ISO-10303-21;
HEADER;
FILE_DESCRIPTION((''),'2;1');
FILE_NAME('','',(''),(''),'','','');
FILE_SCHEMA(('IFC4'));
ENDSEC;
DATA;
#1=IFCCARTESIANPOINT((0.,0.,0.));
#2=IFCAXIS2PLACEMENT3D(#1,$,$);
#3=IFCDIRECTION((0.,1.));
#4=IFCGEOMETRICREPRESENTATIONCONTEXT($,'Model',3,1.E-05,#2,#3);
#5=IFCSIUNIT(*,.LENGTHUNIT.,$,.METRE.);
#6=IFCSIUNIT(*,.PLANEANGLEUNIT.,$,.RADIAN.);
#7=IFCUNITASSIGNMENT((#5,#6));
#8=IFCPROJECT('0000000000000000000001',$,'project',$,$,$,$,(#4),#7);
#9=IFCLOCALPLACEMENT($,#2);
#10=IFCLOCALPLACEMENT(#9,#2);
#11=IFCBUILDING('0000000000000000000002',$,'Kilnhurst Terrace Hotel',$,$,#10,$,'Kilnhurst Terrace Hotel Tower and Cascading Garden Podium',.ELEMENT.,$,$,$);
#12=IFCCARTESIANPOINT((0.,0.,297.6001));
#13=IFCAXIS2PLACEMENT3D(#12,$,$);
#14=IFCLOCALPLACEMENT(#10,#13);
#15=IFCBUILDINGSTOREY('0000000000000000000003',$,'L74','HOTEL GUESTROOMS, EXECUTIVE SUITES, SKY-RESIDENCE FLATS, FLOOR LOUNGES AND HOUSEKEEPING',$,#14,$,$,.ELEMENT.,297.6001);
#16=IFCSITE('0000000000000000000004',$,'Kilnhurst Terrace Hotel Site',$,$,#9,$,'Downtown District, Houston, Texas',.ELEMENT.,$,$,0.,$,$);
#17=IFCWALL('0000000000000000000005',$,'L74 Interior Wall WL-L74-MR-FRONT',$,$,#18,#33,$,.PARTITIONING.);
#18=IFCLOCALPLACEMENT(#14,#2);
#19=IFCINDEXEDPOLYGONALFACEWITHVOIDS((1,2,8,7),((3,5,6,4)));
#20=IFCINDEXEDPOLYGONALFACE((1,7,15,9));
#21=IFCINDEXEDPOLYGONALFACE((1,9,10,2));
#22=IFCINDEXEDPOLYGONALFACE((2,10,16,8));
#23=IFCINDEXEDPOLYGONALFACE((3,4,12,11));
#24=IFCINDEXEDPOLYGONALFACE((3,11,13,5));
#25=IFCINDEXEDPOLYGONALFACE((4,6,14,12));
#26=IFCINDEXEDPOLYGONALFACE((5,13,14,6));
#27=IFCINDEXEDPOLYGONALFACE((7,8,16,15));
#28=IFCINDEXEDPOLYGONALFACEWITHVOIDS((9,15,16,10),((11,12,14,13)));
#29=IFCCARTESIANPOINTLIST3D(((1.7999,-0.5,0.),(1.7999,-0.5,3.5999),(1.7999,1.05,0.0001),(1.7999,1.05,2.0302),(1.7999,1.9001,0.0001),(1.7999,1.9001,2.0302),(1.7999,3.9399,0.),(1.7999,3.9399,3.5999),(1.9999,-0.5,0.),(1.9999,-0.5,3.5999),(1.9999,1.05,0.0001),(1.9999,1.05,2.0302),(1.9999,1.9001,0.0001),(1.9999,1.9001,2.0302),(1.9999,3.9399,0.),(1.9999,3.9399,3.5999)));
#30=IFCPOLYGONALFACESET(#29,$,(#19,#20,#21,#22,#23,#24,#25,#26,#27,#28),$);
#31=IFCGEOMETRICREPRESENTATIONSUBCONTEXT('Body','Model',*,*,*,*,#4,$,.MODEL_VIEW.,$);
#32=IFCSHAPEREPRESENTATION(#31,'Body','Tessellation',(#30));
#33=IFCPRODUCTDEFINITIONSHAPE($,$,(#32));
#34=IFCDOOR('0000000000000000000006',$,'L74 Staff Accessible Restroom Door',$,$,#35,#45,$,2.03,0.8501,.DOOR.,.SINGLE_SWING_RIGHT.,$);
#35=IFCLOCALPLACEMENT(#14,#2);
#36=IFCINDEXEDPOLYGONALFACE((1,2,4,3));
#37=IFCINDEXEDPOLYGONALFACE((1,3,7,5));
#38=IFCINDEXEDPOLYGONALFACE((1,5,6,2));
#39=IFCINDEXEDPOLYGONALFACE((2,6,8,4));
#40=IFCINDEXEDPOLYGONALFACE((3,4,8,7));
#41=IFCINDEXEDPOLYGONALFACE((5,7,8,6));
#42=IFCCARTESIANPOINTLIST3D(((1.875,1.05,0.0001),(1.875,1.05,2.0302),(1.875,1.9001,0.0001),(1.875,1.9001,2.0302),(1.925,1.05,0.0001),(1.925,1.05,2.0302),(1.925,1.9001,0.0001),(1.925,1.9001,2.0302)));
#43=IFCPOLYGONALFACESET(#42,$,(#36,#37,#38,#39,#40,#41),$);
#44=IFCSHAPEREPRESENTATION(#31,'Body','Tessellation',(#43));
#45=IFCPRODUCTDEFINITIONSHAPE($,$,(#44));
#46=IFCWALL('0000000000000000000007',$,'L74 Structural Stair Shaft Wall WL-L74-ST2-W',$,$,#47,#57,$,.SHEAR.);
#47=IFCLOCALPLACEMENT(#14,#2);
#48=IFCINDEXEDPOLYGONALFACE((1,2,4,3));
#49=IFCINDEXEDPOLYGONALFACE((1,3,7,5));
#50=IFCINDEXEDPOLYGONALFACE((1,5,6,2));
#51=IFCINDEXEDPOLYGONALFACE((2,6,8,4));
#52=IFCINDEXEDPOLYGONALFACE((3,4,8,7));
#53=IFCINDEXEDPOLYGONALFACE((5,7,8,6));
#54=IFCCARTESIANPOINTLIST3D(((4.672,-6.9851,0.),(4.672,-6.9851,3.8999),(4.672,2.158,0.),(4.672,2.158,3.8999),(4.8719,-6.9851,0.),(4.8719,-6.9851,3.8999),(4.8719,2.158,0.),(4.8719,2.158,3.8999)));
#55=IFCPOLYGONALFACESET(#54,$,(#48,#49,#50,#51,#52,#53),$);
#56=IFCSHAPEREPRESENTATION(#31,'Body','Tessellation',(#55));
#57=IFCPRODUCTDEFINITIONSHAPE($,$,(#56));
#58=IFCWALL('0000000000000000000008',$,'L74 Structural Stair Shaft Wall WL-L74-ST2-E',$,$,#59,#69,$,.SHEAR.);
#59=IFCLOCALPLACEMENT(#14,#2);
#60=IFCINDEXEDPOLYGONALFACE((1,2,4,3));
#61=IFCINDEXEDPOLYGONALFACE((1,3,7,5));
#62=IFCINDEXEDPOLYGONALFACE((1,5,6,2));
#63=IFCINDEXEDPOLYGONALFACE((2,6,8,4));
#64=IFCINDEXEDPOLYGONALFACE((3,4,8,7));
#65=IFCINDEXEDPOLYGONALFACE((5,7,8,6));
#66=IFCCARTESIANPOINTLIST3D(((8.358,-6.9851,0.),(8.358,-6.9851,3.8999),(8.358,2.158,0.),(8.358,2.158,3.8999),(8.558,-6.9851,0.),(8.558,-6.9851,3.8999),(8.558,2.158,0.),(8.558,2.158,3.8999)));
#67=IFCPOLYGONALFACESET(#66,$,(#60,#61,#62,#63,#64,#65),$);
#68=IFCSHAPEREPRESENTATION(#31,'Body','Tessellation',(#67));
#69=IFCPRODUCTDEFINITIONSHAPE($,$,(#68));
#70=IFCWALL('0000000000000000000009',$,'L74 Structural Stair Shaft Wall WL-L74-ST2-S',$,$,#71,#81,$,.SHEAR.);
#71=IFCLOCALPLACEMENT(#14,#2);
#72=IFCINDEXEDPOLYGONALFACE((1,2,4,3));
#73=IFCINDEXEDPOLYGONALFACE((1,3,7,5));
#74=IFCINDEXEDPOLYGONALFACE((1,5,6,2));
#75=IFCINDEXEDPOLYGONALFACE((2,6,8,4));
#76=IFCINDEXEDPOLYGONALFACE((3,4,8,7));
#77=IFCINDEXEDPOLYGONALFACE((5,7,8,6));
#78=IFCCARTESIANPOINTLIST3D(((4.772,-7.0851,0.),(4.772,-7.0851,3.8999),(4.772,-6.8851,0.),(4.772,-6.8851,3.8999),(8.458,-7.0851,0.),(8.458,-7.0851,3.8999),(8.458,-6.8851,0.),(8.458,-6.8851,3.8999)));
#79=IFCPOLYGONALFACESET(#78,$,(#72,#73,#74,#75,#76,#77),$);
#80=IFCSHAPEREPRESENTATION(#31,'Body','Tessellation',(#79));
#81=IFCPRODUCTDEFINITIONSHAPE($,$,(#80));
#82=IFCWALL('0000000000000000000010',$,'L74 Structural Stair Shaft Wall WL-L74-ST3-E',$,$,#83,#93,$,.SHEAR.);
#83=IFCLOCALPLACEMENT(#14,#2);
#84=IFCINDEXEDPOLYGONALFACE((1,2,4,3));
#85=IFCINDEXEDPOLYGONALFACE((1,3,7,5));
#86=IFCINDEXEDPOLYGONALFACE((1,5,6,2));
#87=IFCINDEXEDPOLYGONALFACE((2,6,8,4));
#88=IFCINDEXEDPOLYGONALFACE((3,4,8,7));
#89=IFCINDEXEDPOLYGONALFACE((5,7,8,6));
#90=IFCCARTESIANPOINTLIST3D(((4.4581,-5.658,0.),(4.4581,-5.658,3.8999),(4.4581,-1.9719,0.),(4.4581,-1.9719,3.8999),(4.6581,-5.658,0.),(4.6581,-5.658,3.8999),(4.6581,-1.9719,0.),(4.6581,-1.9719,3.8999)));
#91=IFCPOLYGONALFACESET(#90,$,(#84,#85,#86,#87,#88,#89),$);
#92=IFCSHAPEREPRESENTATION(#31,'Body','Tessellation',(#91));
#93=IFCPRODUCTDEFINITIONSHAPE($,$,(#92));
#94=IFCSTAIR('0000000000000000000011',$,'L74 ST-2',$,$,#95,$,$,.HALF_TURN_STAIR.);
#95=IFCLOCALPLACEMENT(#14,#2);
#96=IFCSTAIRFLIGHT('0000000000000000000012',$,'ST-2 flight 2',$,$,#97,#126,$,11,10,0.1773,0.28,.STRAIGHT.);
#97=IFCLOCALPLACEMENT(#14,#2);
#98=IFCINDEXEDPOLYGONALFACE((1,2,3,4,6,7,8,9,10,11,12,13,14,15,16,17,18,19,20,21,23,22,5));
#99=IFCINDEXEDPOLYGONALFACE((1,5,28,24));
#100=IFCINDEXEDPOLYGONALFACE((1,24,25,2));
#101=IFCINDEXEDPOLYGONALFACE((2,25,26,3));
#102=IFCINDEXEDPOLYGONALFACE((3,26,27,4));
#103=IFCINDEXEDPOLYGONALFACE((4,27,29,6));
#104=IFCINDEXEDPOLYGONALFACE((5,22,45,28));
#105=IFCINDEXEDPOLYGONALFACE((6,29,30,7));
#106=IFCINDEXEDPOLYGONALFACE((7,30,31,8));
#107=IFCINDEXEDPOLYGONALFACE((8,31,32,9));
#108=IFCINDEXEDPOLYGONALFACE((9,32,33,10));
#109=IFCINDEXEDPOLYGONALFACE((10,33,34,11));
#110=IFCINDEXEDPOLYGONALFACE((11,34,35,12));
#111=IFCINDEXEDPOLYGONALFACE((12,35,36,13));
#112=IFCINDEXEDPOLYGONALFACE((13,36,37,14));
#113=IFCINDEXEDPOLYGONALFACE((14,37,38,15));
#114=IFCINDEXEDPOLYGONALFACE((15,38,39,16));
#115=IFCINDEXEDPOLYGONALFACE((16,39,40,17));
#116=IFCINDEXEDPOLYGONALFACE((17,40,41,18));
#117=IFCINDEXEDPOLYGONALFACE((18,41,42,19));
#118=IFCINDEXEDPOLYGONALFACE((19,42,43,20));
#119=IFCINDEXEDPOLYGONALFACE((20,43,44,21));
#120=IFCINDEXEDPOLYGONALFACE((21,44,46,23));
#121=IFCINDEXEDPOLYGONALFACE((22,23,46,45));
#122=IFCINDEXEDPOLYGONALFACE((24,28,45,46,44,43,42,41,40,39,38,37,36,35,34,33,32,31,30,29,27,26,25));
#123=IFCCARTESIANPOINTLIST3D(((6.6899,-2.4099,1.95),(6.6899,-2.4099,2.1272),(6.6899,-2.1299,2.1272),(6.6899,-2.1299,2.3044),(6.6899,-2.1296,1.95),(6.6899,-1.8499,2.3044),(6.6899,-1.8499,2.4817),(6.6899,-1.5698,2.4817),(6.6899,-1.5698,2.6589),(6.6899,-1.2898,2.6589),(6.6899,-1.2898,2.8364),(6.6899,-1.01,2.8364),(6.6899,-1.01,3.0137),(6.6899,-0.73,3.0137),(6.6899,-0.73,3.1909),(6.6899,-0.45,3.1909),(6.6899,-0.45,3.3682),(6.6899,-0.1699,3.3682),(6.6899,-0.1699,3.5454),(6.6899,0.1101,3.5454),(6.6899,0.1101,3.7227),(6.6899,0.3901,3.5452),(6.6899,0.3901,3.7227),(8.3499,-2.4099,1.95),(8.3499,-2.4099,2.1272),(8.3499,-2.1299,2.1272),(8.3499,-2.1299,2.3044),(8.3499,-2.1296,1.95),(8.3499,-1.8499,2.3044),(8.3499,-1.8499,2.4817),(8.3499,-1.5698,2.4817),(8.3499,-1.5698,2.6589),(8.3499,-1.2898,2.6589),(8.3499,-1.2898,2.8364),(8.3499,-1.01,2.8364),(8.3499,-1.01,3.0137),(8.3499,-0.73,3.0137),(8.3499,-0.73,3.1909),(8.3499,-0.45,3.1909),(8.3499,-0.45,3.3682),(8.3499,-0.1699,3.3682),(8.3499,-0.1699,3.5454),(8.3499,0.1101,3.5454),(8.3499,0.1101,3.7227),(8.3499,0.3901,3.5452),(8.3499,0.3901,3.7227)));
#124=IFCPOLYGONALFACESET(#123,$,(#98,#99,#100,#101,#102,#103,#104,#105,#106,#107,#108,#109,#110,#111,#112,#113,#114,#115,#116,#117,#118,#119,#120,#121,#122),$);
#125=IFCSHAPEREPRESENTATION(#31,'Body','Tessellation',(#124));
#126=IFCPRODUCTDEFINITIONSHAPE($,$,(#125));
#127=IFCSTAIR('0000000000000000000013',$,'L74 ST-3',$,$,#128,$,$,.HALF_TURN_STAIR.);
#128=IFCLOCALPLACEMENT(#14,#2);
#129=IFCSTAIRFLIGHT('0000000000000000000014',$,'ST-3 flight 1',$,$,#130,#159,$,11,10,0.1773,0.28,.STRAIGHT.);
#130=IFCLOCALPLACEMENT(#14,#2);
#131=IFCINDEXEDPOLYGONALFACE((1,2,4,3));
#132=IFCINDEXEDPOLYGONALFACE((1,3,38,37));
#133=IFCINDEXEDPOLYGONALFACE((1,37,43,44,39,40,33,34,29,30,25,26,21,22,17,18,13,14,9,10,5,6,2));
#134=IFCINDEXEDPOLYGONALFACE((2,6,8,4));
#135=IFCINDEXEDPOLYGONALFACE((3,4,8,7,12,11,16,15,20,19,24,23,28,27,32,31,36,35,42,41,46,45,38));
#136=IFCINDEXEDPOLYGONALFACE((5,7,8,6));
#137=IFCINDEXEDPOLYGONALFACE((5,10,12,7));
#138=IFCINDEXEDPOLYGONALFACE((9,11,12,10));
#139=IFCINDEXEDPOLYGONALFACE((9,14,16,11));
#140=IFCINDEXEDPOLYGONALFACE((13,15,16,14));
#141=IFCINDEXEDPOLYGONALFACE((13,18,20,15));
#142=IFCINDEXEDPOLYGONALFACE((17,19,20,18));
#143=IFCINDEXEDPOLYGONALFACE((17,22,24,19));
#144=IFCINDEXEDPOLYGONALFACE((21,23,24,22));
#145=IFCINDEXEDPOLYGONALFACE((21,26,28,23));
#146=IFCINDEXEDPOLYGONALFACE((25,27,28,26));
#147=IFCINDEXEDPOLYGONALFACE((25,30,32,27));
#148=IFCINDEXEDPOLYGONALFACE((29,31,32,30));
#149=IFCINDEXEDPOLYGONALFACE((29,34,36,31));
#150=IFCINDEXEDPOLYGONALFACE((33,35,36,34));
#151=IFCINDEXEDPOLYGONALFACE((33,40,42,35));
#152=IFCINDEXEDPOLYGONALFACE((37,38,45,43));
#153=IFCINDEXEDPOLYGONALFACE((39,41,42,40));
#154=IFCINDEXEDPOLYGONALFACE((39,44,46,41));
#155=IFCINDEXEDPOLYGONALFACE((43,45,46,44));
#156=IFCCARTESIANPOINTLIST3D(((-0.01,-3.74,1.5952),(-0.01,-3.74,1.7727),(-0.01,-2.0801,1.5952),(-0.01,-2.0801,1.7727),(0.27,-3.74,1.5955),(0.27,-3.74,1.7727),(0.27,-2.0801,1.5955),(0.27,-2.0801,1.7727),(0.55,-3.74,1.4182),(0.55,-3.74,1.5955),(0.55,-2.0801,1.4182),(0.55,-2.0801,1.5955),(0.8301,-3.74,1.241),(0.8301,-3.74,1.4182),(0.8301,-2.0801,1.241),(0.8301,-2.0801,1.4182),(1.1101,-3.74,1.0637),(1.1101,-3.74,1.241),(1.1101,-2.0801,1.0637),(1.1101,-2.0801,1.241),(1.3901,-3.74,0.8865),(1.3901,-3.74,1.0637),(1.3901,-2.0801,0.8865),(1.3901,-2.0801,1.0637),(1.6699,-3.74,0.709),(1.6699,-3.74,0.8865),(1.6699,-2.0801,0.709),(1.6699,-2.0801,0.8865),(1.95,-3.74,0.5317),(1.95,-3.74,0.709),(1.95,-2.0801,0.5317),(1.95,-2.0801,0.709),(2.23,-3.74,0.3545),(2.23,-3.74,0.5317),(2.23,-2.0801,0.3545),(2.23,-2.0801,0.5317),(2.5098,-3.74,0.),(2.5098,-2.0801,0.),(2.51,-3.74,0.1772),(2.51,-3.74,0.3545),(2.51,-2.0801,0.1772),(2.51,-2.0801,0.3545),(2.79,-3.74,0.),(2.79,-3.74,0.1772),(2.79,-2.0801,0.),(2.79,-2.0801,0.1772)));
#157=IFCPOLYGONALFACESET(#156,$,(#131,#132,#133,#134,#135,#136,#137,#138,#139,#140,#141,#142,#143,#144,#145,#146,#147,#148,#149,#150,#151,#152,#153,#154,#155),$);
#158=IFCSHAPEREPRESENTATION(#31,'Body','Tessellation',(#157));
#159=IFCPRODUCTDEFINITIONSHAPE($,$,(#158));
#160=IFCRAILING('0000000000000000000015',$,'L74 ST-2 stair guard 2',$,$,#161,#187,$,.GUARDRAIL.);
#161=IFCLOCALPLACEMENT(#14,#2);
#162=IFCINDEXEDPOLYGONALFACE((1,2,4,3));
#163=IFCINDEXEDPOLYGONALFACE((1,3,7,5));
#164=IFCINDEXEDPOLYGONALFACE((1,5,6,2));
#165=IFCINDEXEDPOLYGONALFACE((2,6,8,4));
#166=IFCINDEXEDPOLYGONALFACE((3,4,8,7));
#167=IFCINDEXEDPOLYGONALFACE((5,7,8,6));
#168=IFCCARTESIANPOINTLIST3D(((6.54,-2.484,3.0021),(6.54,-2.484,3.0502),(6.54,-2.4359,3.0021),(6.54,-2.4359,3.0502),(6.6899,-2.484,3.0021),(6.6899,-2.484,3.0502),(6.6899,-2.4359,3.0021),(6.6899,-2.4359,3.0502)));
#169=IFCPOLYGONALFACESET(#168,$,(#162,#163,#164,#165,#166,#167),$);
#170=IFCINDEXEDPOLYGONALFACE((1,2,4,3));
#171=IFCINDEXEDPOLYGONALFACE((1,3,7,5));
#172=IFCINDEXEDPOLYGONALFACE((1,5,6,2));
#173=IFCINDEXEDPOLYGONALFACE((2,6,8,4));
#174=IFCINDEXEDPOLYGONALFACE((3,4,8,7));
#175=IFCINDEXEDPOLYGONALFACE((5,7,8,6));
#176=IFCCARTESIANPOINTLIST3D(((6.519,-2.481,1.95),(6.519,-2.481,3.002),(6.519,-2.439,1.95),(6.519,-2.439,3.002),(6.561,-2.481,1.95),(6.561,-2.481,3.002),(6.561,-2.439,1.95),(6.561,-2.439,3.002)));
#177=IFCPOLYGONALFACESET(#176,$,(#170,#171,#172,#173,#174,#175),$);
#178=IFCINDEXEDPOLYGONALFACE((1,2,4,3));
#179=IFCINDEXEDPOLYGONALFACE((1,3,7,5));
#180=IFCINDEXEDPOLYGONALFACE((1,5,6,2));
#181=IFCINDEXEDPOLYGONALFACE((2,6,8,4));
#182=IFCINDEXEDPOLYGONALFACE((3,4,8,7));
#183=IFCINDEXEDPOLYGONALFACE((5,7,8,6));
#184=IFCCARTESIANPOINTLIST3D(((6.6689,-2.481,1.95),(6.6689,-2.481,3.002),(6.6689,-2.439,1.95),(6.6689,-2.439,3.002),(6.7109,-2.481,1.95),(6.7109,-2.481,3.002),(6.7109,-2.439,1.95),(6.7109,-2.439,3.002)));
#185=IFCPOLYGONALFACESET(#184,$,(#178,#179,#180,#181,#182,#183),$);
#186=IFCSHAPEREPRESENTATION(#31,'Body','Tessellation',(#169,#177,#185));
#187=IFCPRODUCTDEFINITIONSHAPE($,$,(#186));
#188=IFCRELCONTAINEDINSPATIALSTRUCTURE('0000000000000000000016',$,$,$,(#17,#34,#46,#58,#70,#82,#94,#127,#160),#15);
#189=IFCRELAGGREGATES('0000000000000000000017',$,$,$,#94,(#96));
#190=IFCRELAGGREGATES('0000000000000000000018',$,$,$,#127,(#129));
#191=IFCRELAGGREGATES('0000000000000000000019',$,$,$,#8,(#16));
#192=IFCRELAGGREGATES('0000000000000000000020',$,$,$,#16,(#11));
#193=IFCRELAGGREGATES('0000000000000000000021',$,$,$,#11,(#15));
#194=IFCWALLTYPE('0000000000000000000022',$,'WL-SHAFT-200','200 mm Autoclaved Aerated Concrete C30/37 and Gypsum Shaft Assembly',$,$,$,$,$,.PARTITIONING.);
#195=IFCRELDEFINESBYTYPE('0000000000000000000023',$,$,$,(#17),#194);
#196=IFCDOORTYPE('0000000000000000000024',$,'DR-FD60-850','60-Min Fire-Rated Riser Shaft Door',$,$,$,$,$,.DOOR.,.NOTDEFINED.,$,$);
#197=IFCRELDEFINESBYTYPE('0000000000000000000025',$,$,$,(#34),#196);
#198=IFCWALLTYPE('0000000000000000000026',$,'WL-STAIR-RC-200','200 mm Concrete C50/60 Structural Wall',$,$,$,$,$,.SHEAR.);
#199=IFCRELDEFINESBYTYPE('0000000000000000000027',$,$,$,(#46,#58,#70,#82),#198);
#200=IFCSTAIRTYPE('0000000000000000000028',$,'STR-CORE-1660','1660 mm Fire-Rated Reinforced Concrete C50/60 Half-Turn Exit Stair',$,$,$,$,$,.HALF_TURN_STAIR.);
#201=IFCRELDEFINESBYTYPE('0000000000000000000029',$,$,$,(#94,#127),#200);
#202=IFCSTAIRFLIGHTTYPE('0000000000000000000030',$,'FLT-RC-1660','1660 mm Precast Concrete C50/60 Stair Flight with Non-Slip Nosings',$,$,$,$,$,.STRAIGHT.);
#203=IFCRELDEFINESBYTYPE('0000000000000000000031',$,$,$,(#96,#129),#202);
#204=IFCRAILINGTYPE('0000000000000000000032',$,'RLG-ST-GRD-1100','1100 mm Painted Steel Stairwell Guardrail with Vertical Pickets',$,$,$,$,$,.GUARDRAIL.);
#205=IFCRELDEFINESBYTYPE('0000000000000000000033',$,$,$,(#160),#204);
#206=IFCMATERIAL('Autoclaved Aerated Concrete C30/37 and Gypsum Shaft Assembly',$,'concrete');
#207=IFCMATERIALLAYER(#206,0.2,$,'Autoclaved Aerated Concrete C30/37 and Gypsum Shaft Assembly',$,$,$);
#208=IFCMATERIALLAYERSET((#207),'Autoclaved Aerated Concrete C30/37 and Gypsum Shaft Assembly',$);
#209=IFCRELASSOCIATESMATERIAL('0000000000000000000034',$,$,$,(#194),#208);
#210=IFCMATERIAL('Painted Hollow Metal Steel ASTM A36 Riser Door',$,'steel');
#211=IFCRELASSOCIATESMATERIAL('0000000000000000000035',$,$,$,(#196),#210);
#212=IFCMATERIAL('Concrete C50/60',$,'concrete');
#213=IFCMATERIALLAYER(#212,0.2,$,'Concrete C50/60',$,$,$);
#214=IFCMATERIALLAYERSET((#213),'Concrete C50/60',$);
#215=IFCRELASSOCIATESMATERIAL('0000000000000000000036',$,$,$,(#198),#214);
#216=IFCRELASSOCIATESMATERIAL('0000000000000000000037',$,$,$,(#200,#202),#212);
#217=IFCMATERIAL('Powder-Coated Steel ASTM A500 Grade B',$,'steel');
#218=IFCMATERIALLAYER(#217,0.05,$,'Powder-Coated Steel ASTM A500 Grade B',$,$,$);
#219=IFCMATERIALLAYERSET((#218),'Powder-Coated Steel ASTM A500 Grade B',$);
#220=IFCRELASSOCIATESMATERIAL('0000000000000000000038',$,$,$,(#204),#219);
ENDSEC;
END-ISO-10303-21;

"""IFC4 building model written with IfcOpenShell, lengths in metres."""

from ifc_helpers import new_model, si_unit, direction, frame, frame_2d, origin, origin_2d, place, context, subcontext, project, spatial, polyline, rectangle, outline, extrude, material, layer, layer_set, type_object, element, fill, aggregate, save


model = new_model("IFC4")

# Units and contexts
model_context = context("Model", 3, precision=1e-05, world=origin(), true_north=direction((0.0, 1.0)))
body_context = subcontext(model_context, "Body", "Model", "MODEL_VIEW")
ifc_project = project(units=[si_unit("LENGTHUNIT", "METRE"), si_unit("PLANEANGLEUNIT", "RADIAN")], contexts=[model_context])

# Site, building, storey
site_placement = place(None, origin())
site = spatial("IfcSite", under=ifc_project, at=site_placement, Name="Kilnhurst Terrace Hotel Site", LongName="Downtown District, Houston, Texas", CompositionType="ELEMENT", RefElevation=0.0)
building_placement = place(site_placement, origin())
building = spatial("IfcBuilding", under=site, at=building_placement, Name="Kilnhurst Terrace Hotel", LongName="Kilnhurst Terrace Hotel Tower and Cascading Garden Podium", CompositionType="ELEMENT")
storey_placement = place(building_placement, frame((0.0, 0.0, 297.6001)))
storey = spatial("IfcBuildingStorey", under=building, at=storey_placement, Name="L74", Description="HOTEL GUESTROOMS, EXECUTIVE SUITES, SKY-RESIDENCE FLATS, FLOOR LOUNGES AND HOUSEKEEPING", CompositionType="ELEMENT", Elevation=297.6001)

# Shared definitions
ifc_material_1 = material(Name="Concrete C50/60", Category="concrete")

# Wall, opening, door
ifc_material_2 = material(Name="Autoclaved Aerated Concrete C30/37 and Gypsum Shaft Assembly", Category="concrete")
ifc_layer_1 = layer(ifc_material_2, 0.2, Name="Autoclaved Aerated Concrete C30/37 and Gypsum Shaft Assembly")
ifc_layer_set_1 = layer_set([ifc_layer_1], Name="Autoclaved Aerated Concrete C30/37 and Gypsum Shaft Assembly")
wall_type_1 = type_object("IfcWallType", Name="WL-SHAFT-200", Description="200 mm Autoclaved Aerated Concrete C30/37 and Gypsum Shaft Assembly", PredefinedType="PARTITIONING", material=ifc_layer_set_1)
wall_1_placement = place(storey_placement, frame((1.8999, -0.5, 0.0), z_axis=(0.0, 0.0, 1.0), x_axis=(0.0, 1.0, 0.0)))
wall_1 = element("IfcWall", 1, at=wall_1_placement, inside=storey, type_object=wall_type_1, Name="L74 Interior Wall WL-L74-MR-FRONT", PredefinedType="PARTITIONING", context=body_context, shape_type="SweptSolid", body=[
    extrude(rectangle(XDim=4.4399, YDim=0.2, at=frame_2d((2.22, 0.0))), origin(), (0.0, 0.0, 1.0), 3.5999),
])
opening_placement = place(wall_1_placement, frame((1.55, 0.0, 0.0)))
opening = element("IfcOpeningElement", 2, at=opening_placement, cuts=wall_1, PredefinedType="OPENING", context=body_context, shape_type="SweptSolid", body=[
    extrude(rectangle(XDim=0.8501, YDim=2.03, at=frame_2d((0.425, 1.0151))), frame((0.0, 0.1099, 0.0), z_axis=(0.0, -1.0, 0.0), x_axis=(1.0, 0.0, 0.0)), (0.0, 0.0, 1.0), 0.22),
])
ifc_material_3 = material(Name="Painted Hollow Metal Steel ASTM A36 Riser Door", Category="steel")
door_type = type_object("IfcDoorType", Name="DR-FD60-850", Description="60-Min Fire-Rated Riser Shaft Door", OperationType="NOTDEFINED", PredefinedType="DOOR", material=ifc_material_3)
door_placement = place(opening_placement, origin())
door = element("IfcDoor", 3, at=door_placement, inside=storey, type_object=door_type, Name="L74 Staff Accessible Restroom Door", OperationType="SINGLE_SWING_RIGHT", OverallHeight=2.03, OverallWidth=0.8501, PredefinedType="DOOR", context=body_context, shape_type="SweptSolid", body=[
    extrude(rectangle(XDim=0.8501, YDim=2.03, at=frame_2d((0.425, 1.0151))), frame((0.0, 0.0249, 0.0), z_axis=(0.0, -1.0, 0.0), x_axis=(1.0, 0.0, 0.0)), (0.0, 0.0, 1.0), 0.05),
])
fill(opening, door)

# Walls
ifc_layer_2 = layer(ifc_material_1, 0.2, Name="Concrete C50/60")
ifc_layer_set_2 = layer_set([ifc_layer_2], Name="Concrete C50/60")
wall_type_2 = type_object("IfcWallType", Name="WL-STAIR-RC-200", Description="200 mm Concrete C50/60 Structural Wall", PredefinedType="SHEAR", material=ifc_layer_set_2)
for number, where, z_axis, x_axis, name in (
    (4, (4.772, -6.9851, 0.0), (0.0, 0.0, 1.0), (0.0, 1.0, 0.0), "L74 Structural Stair Shaft Wall WL-L74-ST2-W"),
    (5, (8.458, -6.9851, 0.0), (0.0, 0.0, 1.0), (0.0, 1.0, 0.0), "L74 Structural Stair Shaft Wall WL-L74-ST2-E"),
):
    element("IfcWall", number, at=place(storey_placement, frame(where, z_axis=z_axis, x_axis=x_axis)), inside=storey, type_object=wall_type_2, Name=name, PredefinedType="SHEAR", context=body_context, shape_type="SweptSolid", body=[
        extrude(rectangle(XDim=9.1431, YDim=0.2, at=frame_2d((4.5715, 0.0))), origin(), (0.0, 0.0, 1.0), 3.8999),
    ])
for number, where, z_axis, x_axis, name in (
    (6, (4.772, -6.9851, 0.0), (0.0, 0.0, 1.0), (1.0, 0.0, 0.0), "L74 Structural Stair Shaft Wall WL-L74-ST2-S"),
    (7, (4.5581, -5.658, 0.0), (0.0, 0.0, 1.0), (0.0, 1.0, 0.0), "L74 Structural Stair Shaft Wall WL-L74-ST3-E"),
):
    element("IfcWall", number, at=place(storey_placement, frame(where, z_axis=z_axis, x_axis=x_axis)), inside=storey, type_object=wall_type_2, Name=name, PredefinedType="SHEAR", context=body_context, shape_type="SweptSolid", body=[
        extrude(rectangle(XDim=3.686, YDim=0.2, at=frame_2d((1.843, 0.0))), origin(), (0.0, 0.0, 1.0), 3.8999),
    ])

# Stairs, stair flights
stair_type = type_object("IfcStairType", Name="STR-CORE-1660", Description="1660 mm Fire-Rated Reinforced Concrete C50/60 Half-Turn Exit Stair", PredefinedType="HALF_TURN_STAIR", material=ifc_material_1)
stair_1_placement = place(storey_placement, origin())
stair_1 = element("IfcStair", 8, at=stair_1_placement, inside=storey, type_object=stair_type, Name="L74 ST-2", PredefinedType="HALF_TURN_STAIR")
stair_flight_type = type_object("IfcStairFlightType", Name="FLT-RC-1660", Description="1660 mm Precast Concrete C50/60 Stair Flight with Non-Slip Nosings", PredefinedType="STRAIGHT", material=ifc_material_1)
stair_flight_1_placement = place(storey_placement, frame((7.52, -2.4099, 1.95), z_axis=(0.0, 0.0, 1.0), x_axis=(0.0, 1.0, 0.0)))
stair_flight_1 = element("IfcStairFlight", 9, at=stair_flight_1_placement, type_object=stair_flight_type, Name="ST-2 flight 2", NumberOfRisers=11, NumberOfTreads=10, PredefinedType="STRAIGHT", RiserHeight=0.1773, TreadLength=0.28, context=body_context, shape_type="SweptSolid", body=[
    extrude(outline(polyline([(0.0, 0.0), (0.0, 0.1772), (0.28, 0.1772), (0.28, 0.3545), (0.5601, 0.3545), (0.5601, 0.5317), (0.8401, 0.5317), (0.8401, 0.709), (1.1201, 0.709), (1.1201, 0.8865), (1.3999, 0.8865), (1.3999, 1.0637), (1.6799, 1.0637), (1.6799, 1.241), (1.96, 1.241), (1.96, 1.4182), (2.24, 1.4182), (2.24, 1.5955), (2.52, 1.5955), (2.52, 1.7727), (2.8, 1.7727), (2.8, 1.95), (2.8, 1.5952), (0.2803, 0.0), (0.0, 0.0)])), frame((0.0, 0.8301, 0.0), z_axis=(0.0, -1.0, 0.0), x_axis=(1.0, 0.0, 0.0)), (0.0, 0.0, 1.0), 1.6599),
])
aggregate(stair_1, [stair_flight_1])
stair_2_placement = place(storey_placement, origin())
stair_2 = element("IfcStair", 10, at=stair_2_placement, inside=storey, type_object=stair_type, Name="L74 ST-3", PredefinedType="HALF_TURN_STAIR")
stair_flight_2_placement = place(storey_placement, frame((2.79, -2.9099, 0.0), z_axis=(0.0, 0.0, 1.0), x_axis=(-1.0, 0.0, 0.0)))
stair_flight_2 = element("IfcStairFlight", 11, at=stair_flight_2_placement, type_object=stair_flight_type, Name="ST-3 flight 1", NumberOfRisers=11, NumberOfTreads=10, PredefinedType="STRAIGHT", RiserHeight=0.1773, TreadLength=0.28, context=body_context, shape_type="SweptSolid", body=[
    extrude(outline(polyline([(0.0, 0.0), (0.0, 0.1772), (0.28, 0.1772), (0.28, 0.3545), (0.5601, 0.3545), (0.5601, 0.5317), (0.8401, 0.5317), (0.8401, 0.709), (1.1201, 0.709), (1.1201, 0.8865), (1.3999, 0.8865), (1.3999, 1.0637), (1.6799, 1.0637), (1.6799, 1.241), (1.96, 1.241), (1.96, 1.4182), (2.24, 1.4182), (2.24, 1.5955), (2.52, 1.5955), (2.52, 1.7727), (2.8, 1.7727), (2.8, 1.95), (2.8, 1.5952), (0.2803, 0.0), (0.0, 0.0)])), frame((0.0, 0.8301, 0.0), z_axis=(0.0, -1.0, 0.0), x_axis=(1.0, 0.0, 0.0)), (0.0, 0.0, 1.0), 1.6599),
])
aggregate(stair_2, [stair_flight_2])

# Railing
ifc_material_4 = material(Name="Powder-Coated Steel ASTM A500 Grade B", Category="steel")
ifc_layer_3 = layer(ifc_material_4, 0.05, Name="Powder-Coated Steel ASTM A500 Grade B")
ifc_layer_set_3 = layer_set([ifc_layer_3], Name="Powder-Coated Steel ASTM A500 Grade B")
railing_type_1 = type_object("IfcRailingType", Name="RLG-ST-GRD-1100", Description="1100 mm Painted Steel Stairwell Guardrail with Vertical Pickets", PredefinedType="GUARDRAIL", material=ifc_layer_set_3)
railing_1_placement = place(storey_placement, frame((6.54, -2.46, 1.95)))
element("IfcRailing", 12, at=railing_1_placement, inside=storey, type_object=railing_type_1, Name="L74 ST-2 stair guard 2", PredefinedType="GUARDRAIL", context=body_context, shape_type="SweptSolid", body=[
    extrude(rectangle(XDim=0.0481, YDim=0.0481, at=origin_2d()), frame((0.0, 0.0, 1.0762), z_axis=(1.0, 0.0, 0.0), x_axis=(0.0, 1.0, 0.0)), (0.0, 0.0, 1.0), 0.1499),
    extrude(rectangle(XDim=0.042, YDim=0.042, at=origin_2d()), origin(), (0.0, 0.0, 1.0), 1.052),
    extrude(rectangle(XDim=0.042, YDim=0.042, at=origin_2d()), frame((0.1499, 0.0, 0.0)), (0.0, 0.0, 1.0), 1.052),
])

save(model, "model.ifc")
